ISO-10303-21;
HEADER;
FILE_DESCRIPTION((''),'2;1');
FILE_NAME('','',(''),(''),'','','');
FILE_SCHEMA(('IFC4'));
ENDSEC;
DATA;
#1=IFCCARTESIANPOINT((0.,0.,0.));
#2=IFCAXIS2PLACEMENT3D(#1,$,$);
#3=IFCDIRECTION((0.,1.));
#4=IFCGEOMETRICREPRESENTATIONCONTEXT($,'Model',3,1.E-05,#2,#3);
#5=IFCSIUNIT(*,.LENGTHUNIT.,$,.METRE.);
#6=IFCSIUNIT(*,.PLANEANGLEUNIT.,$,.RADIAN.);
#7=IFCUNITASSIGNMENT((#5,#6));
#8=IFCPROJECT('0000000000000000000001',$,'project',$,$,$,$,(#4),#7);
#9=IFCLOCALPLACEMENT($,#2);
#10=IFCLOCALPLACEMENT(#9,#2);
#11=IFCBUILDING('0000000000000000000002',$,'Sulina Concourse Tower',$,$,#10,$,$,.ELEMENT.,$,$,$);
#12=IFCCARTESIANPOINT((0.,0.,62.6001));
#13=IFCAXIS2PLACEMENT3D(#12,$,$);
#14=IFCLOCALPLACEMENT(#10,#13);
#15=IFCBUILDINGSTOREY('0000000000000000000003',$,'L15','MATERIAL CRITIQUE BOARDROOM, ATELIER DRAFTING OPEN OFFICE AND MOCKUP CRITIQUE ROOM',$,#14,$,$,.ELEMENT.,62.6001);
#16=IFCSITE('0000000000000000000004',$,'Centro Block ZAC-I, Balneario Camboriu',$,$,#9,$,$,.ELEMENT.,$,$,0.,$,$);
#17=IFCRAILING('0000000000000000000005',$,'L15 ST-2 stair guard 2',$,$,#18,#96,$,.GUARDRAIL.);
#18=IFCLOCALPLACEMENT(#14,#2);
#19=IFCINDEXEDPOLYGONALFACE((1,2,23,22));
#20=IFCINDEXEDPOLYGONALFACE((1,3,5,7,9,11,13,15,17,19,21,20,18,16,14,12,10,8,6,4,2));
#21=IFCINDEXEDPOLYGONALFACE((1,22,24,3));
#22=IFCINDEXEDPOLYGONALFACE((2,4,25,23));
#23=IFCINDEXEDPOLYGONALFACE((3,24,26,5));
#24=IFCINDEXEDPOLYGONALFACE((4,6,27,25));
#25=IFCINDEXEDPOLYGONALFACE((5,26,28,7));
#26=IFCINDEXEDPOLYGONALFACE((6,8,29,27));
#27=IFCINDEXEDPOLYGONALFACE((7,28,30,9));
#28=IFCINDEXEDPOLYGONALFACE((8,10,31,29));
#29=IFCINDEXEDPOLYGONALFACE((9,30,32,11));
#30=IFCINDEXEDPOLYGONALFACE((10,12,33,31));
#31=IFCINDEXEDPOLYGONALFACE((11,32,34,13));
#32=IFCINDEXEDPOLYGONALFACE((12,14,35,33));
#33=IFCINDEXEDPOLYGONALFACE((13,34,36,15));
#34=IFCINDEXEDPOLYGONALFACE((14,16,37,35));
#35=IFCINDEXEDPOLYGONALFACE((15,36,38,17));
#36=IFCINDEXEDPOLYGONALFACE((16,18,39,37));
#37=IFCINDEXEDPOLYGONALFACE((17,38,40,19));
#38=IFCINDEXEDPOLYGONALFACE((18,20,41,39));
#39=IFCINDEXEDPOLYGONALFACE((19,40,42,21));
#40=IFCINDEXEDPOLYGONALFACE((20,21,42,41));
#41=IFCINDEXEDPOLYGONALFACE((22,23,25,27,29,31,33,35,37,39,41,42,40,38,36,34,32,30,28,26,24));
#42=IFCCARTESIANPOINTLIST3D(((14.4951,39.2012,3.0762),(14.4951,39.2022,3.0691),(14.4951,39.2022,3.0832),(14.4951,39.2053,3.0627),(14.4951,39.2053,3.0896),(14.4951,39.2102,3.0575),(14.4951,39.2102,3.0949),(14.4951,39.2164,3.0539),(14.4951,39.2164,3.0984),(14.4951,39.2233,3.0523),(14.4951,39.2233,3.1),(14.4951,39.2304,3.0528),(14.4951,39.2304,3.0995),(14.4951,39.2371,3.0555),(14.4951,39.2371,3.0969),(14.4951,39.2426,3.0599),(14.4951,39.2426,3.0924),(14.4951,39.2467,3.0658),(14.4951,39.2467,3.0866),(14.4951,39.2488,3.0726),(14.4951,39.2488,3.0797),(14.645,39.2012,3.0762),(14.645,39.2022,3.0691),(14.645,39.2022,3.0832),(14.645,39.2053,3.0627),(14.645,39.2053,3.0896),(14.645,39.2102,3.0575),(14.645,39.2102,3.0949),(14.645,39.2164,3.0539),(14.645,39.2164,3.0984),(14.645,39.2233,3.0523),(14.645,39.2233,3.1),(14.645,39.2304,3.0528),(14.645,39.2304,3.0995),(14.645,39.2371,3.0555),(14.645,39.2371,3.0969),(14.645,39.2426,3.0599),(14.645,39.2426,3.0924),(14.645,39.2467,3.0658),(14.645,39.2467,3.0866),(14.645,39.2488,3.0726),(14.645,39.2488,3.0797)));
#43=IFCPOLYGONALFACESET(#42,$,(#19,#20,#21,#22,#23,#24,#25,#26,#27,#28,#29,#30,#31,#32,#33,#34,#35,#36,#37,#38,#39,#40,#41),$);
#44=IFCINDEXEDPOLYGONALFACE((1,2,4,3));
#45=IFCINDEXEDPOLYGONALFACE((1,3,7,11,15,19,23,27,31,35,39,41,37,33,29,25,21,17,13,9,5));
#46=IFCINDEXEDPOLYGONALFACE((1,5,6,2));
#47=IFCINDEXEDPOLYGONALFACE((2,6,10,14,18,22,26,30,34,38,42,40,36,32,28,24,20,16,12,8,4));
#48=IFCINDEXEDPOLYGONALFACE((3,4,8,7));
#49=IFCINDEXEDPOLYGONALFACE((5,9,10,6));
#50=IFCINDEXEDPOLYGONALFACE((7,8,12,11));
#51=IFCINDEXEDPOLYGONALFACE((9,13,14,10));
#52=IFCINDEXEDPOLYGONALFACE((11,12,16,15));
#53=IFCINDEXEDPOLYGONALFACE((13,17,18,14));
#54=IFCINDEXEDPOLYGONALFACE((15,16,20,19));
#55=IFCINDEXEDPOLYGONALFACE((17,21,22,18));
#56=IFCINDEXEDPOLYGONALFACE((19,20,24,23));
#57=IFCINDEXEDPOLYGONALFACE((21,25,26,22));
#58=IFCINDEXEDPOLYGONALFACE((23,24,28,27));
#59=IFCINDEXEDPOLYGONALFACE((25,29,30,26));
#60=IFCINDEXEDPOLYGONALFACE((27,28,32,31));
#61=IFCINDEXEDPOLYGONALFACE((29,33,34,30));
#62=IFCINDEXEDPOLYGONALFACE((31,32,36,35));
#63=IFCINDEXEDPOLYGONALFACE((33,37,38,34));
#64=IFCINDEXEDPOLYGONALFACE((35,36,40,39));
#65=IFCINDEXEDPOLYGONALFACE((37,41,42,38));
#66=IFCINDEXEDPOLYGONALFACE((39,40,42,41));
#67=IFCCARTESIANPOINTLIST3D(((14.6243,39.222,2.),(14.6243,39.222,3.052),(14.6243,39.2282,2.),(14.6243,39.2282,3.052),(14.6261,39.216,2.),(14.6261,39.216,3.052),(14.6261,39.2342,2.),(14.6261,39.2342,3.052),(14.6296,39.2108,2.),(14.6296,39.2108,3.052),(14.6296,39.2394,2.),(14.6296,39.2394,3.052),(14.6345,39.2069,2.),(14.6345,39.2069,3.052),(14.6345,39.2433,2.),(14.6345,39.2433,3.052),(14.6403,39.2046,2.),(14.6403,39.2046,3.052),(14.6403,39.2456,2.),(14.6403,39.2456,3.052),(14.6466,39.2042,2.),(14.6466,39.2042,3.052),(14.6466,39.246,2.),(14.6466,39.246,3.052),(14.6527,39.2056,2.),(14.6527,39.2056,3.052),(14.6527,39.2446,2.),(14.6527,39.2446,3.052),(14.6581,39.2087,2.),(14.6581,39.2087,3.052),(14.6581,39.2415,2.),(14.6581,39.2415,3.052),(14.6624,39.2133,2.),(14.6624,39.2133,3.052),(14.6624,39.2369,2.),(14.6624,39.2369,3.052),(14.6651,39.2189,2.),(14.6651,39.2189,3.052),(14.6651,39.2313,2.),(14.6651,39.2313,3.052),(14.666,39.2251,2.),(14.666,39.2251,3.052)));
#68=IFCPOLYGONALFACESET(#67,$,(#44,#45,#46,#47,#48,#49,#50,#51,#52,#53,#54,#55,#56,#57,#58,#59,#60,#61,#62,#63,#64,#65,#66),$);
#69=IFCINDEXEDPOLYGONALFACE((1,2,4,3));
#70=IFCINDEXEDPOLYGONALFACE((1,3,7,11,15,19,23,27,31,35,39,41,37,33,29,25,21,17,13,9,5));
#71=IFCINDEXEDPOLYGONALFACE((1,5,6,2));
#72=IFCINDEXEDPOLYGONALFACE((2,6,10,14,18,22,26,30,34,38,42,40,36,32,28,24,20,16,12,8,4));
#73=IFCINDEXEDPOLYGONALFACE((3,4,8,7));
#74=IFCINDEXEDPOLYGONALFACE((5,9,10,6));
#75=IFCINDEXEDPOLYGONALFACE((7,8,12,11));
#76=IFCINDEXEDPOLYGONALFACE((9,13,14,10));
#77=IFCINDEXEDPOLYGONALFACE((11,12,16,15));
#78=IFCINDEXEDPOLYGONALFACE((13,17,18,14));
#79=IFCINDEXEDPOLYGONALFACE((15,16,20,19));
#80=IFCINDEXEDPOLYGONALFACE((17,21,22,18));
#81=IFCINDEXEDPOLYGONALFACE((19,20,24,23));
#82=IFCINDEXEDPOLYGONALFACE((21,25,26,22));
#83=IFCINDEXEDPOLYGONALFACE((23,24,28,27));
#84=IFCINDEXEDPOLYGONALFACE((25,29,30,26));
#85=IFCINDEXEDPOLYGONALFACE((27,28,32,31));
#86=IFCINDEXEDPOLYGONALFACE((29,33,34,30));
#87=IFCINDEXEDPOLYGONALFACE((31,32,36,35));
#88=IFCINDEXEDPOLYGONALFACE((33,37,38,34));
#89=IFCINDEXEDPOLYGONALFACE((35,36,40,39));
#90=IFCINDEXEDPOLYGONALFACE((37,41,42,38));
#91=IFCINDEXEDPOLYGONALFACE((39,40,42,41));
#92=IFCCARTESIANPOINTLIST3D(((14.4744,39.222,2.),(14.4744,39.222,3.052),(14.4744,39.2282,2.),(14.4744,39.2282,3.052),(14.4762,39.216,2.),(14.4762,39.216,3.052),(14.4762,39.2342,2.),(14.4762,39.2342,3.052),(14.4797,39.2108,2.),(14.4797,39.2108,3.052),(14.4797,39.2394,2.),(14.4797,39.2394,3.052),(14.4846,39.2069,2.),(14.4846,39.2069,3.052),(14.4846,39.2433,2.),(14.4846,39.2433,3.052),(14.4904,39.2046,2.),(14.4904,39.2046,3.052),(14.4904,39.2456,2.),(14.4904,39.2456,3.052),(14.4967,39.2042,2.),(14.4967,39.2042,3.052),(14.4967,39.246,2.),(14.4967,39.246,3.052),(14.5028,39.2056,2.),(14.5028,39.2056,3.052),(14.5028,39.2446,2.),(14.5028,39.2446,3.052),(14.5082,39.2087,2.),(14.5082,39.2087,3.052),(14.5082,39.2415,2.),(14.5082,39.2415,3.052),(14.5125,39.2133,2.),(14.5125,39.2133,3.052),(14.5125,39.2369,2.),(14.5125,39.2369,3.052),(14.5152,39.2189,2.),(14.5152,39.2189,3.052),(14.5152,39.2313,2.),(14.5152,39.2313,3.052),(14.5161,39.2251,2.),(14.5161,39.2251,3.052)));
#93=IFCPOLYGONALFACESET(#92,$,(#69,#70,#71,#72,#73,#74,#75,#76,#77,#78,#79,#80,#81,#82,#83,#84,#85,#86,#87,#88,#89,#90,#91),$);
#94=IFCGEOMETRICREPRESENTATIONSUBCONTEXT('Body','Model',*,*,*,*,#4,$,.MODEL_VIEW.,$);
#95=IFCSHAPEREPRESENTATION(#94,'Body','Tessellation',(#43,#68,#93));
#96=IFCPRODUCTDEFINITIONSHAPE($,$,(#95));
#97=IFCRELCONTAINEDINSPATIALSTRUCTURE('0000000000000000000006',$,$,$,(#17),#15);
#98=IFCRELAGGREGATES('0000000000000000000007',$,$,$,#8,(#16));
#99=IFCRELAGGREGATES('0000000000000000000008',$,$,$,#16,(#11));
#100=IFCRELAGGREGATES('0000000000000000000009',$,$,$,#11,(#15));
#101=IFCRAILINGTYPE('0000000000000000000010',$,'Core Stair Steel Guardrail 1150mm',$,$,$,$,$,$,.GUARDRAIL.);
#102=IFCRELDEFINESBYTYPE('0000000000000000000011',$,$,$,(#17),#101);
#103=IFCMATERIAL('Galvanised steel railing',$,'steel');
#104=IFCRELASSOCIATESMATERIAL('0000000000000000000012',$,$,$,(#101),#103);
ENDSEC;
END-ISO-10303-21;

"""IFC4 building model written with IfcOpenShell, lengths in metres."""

from ifc_helpers import new_model, si_unit, direction, frame, origin, origin_2d, place, context, subcontext, project, spatial, circle, extrude, material, type_object, element, save


model = new_model("IFC4")

# Units and contexts
model_context = context("Model", 3, precision=1e-05, world=origin(), true_north=direction((0.0, 1.0)))
body_context = subcontext(model_context, "Body", "Model", "MODEL_VIEW")
ifc_project = project(units=[si_unit("LENGTHUNIT", "METRE"), si_unit("PLANEANGLEUNIT", "RADIAN")], contexts=[model_context])

# Site, building, storey
site_placement = place(None, origin())
site = spatial("IfcSite", under=ifc_project, at=site_placement, Name="Centro Block ZAC-I, Balneario Camboriu", CompositionType="ELEMENT", RefElevation=0.0)
building_placement = place(site_placement, origin())
building = spatial("IfcBuilding", under=site, at=building_placement, Name="Sulina Concourse Tower", CompositionType="ELEMENT")
storey_placement = place(building_placement, frame((0.0, 0.0, 62.6001)))
storey = spatial("IfcBuildingStorey", under=building, at=storey_placement, Name="L15", Description="MATERIAL CRITIQUE BOARDROOM, ATELIER DRAFTING OPEN OFFICE AND MOCKUP CRITIQUE ROOM", CompositionType="ELEMENT", Elevation=62.6001)

# Railing
ifc_material_1 = material(Name="Galvanised steel railing", Category="steel")
railing_type_1 = type_object("IfcRailingType", Name="Core Stair Steel Guardrail 1150mm", PredefinedType="GUARDRAIL", material=ifc_material_1)
railing_1_placement = place(storey_placement, frame((14.645, 39.2251, 2.0)))
element("IfcRailing", 1, at=railing_1_placement, inside=storey, type_object=railing_type_1, Name="L15 ST-2 stair guard 2", PredefinedType="GUARDRAIL", context=body_context, shape_type="SweptSolid", body=[
    extrude(circle(Radius=0.0239, at=origin_2d()), frame((0.0, 0.0, 1.0762), z_axis=(-1.0, 0.0, 0.0), x_axis=(0.0, -1.0, 0.0)), (0.0, 0.0, 1.0), 0.1499),
    extrude(circle(Radius=0.021, at=origin_2d()), origin(), (0.0, 0.0, 1.0), 1.052),
    extrude(circle(Radius=0.021, at=origin_2d()), frame((-0.1499, 0.0, 0.0)), (0.0, 0.0, 1.0), 1.052),
])

save(model, "model.ifc")
